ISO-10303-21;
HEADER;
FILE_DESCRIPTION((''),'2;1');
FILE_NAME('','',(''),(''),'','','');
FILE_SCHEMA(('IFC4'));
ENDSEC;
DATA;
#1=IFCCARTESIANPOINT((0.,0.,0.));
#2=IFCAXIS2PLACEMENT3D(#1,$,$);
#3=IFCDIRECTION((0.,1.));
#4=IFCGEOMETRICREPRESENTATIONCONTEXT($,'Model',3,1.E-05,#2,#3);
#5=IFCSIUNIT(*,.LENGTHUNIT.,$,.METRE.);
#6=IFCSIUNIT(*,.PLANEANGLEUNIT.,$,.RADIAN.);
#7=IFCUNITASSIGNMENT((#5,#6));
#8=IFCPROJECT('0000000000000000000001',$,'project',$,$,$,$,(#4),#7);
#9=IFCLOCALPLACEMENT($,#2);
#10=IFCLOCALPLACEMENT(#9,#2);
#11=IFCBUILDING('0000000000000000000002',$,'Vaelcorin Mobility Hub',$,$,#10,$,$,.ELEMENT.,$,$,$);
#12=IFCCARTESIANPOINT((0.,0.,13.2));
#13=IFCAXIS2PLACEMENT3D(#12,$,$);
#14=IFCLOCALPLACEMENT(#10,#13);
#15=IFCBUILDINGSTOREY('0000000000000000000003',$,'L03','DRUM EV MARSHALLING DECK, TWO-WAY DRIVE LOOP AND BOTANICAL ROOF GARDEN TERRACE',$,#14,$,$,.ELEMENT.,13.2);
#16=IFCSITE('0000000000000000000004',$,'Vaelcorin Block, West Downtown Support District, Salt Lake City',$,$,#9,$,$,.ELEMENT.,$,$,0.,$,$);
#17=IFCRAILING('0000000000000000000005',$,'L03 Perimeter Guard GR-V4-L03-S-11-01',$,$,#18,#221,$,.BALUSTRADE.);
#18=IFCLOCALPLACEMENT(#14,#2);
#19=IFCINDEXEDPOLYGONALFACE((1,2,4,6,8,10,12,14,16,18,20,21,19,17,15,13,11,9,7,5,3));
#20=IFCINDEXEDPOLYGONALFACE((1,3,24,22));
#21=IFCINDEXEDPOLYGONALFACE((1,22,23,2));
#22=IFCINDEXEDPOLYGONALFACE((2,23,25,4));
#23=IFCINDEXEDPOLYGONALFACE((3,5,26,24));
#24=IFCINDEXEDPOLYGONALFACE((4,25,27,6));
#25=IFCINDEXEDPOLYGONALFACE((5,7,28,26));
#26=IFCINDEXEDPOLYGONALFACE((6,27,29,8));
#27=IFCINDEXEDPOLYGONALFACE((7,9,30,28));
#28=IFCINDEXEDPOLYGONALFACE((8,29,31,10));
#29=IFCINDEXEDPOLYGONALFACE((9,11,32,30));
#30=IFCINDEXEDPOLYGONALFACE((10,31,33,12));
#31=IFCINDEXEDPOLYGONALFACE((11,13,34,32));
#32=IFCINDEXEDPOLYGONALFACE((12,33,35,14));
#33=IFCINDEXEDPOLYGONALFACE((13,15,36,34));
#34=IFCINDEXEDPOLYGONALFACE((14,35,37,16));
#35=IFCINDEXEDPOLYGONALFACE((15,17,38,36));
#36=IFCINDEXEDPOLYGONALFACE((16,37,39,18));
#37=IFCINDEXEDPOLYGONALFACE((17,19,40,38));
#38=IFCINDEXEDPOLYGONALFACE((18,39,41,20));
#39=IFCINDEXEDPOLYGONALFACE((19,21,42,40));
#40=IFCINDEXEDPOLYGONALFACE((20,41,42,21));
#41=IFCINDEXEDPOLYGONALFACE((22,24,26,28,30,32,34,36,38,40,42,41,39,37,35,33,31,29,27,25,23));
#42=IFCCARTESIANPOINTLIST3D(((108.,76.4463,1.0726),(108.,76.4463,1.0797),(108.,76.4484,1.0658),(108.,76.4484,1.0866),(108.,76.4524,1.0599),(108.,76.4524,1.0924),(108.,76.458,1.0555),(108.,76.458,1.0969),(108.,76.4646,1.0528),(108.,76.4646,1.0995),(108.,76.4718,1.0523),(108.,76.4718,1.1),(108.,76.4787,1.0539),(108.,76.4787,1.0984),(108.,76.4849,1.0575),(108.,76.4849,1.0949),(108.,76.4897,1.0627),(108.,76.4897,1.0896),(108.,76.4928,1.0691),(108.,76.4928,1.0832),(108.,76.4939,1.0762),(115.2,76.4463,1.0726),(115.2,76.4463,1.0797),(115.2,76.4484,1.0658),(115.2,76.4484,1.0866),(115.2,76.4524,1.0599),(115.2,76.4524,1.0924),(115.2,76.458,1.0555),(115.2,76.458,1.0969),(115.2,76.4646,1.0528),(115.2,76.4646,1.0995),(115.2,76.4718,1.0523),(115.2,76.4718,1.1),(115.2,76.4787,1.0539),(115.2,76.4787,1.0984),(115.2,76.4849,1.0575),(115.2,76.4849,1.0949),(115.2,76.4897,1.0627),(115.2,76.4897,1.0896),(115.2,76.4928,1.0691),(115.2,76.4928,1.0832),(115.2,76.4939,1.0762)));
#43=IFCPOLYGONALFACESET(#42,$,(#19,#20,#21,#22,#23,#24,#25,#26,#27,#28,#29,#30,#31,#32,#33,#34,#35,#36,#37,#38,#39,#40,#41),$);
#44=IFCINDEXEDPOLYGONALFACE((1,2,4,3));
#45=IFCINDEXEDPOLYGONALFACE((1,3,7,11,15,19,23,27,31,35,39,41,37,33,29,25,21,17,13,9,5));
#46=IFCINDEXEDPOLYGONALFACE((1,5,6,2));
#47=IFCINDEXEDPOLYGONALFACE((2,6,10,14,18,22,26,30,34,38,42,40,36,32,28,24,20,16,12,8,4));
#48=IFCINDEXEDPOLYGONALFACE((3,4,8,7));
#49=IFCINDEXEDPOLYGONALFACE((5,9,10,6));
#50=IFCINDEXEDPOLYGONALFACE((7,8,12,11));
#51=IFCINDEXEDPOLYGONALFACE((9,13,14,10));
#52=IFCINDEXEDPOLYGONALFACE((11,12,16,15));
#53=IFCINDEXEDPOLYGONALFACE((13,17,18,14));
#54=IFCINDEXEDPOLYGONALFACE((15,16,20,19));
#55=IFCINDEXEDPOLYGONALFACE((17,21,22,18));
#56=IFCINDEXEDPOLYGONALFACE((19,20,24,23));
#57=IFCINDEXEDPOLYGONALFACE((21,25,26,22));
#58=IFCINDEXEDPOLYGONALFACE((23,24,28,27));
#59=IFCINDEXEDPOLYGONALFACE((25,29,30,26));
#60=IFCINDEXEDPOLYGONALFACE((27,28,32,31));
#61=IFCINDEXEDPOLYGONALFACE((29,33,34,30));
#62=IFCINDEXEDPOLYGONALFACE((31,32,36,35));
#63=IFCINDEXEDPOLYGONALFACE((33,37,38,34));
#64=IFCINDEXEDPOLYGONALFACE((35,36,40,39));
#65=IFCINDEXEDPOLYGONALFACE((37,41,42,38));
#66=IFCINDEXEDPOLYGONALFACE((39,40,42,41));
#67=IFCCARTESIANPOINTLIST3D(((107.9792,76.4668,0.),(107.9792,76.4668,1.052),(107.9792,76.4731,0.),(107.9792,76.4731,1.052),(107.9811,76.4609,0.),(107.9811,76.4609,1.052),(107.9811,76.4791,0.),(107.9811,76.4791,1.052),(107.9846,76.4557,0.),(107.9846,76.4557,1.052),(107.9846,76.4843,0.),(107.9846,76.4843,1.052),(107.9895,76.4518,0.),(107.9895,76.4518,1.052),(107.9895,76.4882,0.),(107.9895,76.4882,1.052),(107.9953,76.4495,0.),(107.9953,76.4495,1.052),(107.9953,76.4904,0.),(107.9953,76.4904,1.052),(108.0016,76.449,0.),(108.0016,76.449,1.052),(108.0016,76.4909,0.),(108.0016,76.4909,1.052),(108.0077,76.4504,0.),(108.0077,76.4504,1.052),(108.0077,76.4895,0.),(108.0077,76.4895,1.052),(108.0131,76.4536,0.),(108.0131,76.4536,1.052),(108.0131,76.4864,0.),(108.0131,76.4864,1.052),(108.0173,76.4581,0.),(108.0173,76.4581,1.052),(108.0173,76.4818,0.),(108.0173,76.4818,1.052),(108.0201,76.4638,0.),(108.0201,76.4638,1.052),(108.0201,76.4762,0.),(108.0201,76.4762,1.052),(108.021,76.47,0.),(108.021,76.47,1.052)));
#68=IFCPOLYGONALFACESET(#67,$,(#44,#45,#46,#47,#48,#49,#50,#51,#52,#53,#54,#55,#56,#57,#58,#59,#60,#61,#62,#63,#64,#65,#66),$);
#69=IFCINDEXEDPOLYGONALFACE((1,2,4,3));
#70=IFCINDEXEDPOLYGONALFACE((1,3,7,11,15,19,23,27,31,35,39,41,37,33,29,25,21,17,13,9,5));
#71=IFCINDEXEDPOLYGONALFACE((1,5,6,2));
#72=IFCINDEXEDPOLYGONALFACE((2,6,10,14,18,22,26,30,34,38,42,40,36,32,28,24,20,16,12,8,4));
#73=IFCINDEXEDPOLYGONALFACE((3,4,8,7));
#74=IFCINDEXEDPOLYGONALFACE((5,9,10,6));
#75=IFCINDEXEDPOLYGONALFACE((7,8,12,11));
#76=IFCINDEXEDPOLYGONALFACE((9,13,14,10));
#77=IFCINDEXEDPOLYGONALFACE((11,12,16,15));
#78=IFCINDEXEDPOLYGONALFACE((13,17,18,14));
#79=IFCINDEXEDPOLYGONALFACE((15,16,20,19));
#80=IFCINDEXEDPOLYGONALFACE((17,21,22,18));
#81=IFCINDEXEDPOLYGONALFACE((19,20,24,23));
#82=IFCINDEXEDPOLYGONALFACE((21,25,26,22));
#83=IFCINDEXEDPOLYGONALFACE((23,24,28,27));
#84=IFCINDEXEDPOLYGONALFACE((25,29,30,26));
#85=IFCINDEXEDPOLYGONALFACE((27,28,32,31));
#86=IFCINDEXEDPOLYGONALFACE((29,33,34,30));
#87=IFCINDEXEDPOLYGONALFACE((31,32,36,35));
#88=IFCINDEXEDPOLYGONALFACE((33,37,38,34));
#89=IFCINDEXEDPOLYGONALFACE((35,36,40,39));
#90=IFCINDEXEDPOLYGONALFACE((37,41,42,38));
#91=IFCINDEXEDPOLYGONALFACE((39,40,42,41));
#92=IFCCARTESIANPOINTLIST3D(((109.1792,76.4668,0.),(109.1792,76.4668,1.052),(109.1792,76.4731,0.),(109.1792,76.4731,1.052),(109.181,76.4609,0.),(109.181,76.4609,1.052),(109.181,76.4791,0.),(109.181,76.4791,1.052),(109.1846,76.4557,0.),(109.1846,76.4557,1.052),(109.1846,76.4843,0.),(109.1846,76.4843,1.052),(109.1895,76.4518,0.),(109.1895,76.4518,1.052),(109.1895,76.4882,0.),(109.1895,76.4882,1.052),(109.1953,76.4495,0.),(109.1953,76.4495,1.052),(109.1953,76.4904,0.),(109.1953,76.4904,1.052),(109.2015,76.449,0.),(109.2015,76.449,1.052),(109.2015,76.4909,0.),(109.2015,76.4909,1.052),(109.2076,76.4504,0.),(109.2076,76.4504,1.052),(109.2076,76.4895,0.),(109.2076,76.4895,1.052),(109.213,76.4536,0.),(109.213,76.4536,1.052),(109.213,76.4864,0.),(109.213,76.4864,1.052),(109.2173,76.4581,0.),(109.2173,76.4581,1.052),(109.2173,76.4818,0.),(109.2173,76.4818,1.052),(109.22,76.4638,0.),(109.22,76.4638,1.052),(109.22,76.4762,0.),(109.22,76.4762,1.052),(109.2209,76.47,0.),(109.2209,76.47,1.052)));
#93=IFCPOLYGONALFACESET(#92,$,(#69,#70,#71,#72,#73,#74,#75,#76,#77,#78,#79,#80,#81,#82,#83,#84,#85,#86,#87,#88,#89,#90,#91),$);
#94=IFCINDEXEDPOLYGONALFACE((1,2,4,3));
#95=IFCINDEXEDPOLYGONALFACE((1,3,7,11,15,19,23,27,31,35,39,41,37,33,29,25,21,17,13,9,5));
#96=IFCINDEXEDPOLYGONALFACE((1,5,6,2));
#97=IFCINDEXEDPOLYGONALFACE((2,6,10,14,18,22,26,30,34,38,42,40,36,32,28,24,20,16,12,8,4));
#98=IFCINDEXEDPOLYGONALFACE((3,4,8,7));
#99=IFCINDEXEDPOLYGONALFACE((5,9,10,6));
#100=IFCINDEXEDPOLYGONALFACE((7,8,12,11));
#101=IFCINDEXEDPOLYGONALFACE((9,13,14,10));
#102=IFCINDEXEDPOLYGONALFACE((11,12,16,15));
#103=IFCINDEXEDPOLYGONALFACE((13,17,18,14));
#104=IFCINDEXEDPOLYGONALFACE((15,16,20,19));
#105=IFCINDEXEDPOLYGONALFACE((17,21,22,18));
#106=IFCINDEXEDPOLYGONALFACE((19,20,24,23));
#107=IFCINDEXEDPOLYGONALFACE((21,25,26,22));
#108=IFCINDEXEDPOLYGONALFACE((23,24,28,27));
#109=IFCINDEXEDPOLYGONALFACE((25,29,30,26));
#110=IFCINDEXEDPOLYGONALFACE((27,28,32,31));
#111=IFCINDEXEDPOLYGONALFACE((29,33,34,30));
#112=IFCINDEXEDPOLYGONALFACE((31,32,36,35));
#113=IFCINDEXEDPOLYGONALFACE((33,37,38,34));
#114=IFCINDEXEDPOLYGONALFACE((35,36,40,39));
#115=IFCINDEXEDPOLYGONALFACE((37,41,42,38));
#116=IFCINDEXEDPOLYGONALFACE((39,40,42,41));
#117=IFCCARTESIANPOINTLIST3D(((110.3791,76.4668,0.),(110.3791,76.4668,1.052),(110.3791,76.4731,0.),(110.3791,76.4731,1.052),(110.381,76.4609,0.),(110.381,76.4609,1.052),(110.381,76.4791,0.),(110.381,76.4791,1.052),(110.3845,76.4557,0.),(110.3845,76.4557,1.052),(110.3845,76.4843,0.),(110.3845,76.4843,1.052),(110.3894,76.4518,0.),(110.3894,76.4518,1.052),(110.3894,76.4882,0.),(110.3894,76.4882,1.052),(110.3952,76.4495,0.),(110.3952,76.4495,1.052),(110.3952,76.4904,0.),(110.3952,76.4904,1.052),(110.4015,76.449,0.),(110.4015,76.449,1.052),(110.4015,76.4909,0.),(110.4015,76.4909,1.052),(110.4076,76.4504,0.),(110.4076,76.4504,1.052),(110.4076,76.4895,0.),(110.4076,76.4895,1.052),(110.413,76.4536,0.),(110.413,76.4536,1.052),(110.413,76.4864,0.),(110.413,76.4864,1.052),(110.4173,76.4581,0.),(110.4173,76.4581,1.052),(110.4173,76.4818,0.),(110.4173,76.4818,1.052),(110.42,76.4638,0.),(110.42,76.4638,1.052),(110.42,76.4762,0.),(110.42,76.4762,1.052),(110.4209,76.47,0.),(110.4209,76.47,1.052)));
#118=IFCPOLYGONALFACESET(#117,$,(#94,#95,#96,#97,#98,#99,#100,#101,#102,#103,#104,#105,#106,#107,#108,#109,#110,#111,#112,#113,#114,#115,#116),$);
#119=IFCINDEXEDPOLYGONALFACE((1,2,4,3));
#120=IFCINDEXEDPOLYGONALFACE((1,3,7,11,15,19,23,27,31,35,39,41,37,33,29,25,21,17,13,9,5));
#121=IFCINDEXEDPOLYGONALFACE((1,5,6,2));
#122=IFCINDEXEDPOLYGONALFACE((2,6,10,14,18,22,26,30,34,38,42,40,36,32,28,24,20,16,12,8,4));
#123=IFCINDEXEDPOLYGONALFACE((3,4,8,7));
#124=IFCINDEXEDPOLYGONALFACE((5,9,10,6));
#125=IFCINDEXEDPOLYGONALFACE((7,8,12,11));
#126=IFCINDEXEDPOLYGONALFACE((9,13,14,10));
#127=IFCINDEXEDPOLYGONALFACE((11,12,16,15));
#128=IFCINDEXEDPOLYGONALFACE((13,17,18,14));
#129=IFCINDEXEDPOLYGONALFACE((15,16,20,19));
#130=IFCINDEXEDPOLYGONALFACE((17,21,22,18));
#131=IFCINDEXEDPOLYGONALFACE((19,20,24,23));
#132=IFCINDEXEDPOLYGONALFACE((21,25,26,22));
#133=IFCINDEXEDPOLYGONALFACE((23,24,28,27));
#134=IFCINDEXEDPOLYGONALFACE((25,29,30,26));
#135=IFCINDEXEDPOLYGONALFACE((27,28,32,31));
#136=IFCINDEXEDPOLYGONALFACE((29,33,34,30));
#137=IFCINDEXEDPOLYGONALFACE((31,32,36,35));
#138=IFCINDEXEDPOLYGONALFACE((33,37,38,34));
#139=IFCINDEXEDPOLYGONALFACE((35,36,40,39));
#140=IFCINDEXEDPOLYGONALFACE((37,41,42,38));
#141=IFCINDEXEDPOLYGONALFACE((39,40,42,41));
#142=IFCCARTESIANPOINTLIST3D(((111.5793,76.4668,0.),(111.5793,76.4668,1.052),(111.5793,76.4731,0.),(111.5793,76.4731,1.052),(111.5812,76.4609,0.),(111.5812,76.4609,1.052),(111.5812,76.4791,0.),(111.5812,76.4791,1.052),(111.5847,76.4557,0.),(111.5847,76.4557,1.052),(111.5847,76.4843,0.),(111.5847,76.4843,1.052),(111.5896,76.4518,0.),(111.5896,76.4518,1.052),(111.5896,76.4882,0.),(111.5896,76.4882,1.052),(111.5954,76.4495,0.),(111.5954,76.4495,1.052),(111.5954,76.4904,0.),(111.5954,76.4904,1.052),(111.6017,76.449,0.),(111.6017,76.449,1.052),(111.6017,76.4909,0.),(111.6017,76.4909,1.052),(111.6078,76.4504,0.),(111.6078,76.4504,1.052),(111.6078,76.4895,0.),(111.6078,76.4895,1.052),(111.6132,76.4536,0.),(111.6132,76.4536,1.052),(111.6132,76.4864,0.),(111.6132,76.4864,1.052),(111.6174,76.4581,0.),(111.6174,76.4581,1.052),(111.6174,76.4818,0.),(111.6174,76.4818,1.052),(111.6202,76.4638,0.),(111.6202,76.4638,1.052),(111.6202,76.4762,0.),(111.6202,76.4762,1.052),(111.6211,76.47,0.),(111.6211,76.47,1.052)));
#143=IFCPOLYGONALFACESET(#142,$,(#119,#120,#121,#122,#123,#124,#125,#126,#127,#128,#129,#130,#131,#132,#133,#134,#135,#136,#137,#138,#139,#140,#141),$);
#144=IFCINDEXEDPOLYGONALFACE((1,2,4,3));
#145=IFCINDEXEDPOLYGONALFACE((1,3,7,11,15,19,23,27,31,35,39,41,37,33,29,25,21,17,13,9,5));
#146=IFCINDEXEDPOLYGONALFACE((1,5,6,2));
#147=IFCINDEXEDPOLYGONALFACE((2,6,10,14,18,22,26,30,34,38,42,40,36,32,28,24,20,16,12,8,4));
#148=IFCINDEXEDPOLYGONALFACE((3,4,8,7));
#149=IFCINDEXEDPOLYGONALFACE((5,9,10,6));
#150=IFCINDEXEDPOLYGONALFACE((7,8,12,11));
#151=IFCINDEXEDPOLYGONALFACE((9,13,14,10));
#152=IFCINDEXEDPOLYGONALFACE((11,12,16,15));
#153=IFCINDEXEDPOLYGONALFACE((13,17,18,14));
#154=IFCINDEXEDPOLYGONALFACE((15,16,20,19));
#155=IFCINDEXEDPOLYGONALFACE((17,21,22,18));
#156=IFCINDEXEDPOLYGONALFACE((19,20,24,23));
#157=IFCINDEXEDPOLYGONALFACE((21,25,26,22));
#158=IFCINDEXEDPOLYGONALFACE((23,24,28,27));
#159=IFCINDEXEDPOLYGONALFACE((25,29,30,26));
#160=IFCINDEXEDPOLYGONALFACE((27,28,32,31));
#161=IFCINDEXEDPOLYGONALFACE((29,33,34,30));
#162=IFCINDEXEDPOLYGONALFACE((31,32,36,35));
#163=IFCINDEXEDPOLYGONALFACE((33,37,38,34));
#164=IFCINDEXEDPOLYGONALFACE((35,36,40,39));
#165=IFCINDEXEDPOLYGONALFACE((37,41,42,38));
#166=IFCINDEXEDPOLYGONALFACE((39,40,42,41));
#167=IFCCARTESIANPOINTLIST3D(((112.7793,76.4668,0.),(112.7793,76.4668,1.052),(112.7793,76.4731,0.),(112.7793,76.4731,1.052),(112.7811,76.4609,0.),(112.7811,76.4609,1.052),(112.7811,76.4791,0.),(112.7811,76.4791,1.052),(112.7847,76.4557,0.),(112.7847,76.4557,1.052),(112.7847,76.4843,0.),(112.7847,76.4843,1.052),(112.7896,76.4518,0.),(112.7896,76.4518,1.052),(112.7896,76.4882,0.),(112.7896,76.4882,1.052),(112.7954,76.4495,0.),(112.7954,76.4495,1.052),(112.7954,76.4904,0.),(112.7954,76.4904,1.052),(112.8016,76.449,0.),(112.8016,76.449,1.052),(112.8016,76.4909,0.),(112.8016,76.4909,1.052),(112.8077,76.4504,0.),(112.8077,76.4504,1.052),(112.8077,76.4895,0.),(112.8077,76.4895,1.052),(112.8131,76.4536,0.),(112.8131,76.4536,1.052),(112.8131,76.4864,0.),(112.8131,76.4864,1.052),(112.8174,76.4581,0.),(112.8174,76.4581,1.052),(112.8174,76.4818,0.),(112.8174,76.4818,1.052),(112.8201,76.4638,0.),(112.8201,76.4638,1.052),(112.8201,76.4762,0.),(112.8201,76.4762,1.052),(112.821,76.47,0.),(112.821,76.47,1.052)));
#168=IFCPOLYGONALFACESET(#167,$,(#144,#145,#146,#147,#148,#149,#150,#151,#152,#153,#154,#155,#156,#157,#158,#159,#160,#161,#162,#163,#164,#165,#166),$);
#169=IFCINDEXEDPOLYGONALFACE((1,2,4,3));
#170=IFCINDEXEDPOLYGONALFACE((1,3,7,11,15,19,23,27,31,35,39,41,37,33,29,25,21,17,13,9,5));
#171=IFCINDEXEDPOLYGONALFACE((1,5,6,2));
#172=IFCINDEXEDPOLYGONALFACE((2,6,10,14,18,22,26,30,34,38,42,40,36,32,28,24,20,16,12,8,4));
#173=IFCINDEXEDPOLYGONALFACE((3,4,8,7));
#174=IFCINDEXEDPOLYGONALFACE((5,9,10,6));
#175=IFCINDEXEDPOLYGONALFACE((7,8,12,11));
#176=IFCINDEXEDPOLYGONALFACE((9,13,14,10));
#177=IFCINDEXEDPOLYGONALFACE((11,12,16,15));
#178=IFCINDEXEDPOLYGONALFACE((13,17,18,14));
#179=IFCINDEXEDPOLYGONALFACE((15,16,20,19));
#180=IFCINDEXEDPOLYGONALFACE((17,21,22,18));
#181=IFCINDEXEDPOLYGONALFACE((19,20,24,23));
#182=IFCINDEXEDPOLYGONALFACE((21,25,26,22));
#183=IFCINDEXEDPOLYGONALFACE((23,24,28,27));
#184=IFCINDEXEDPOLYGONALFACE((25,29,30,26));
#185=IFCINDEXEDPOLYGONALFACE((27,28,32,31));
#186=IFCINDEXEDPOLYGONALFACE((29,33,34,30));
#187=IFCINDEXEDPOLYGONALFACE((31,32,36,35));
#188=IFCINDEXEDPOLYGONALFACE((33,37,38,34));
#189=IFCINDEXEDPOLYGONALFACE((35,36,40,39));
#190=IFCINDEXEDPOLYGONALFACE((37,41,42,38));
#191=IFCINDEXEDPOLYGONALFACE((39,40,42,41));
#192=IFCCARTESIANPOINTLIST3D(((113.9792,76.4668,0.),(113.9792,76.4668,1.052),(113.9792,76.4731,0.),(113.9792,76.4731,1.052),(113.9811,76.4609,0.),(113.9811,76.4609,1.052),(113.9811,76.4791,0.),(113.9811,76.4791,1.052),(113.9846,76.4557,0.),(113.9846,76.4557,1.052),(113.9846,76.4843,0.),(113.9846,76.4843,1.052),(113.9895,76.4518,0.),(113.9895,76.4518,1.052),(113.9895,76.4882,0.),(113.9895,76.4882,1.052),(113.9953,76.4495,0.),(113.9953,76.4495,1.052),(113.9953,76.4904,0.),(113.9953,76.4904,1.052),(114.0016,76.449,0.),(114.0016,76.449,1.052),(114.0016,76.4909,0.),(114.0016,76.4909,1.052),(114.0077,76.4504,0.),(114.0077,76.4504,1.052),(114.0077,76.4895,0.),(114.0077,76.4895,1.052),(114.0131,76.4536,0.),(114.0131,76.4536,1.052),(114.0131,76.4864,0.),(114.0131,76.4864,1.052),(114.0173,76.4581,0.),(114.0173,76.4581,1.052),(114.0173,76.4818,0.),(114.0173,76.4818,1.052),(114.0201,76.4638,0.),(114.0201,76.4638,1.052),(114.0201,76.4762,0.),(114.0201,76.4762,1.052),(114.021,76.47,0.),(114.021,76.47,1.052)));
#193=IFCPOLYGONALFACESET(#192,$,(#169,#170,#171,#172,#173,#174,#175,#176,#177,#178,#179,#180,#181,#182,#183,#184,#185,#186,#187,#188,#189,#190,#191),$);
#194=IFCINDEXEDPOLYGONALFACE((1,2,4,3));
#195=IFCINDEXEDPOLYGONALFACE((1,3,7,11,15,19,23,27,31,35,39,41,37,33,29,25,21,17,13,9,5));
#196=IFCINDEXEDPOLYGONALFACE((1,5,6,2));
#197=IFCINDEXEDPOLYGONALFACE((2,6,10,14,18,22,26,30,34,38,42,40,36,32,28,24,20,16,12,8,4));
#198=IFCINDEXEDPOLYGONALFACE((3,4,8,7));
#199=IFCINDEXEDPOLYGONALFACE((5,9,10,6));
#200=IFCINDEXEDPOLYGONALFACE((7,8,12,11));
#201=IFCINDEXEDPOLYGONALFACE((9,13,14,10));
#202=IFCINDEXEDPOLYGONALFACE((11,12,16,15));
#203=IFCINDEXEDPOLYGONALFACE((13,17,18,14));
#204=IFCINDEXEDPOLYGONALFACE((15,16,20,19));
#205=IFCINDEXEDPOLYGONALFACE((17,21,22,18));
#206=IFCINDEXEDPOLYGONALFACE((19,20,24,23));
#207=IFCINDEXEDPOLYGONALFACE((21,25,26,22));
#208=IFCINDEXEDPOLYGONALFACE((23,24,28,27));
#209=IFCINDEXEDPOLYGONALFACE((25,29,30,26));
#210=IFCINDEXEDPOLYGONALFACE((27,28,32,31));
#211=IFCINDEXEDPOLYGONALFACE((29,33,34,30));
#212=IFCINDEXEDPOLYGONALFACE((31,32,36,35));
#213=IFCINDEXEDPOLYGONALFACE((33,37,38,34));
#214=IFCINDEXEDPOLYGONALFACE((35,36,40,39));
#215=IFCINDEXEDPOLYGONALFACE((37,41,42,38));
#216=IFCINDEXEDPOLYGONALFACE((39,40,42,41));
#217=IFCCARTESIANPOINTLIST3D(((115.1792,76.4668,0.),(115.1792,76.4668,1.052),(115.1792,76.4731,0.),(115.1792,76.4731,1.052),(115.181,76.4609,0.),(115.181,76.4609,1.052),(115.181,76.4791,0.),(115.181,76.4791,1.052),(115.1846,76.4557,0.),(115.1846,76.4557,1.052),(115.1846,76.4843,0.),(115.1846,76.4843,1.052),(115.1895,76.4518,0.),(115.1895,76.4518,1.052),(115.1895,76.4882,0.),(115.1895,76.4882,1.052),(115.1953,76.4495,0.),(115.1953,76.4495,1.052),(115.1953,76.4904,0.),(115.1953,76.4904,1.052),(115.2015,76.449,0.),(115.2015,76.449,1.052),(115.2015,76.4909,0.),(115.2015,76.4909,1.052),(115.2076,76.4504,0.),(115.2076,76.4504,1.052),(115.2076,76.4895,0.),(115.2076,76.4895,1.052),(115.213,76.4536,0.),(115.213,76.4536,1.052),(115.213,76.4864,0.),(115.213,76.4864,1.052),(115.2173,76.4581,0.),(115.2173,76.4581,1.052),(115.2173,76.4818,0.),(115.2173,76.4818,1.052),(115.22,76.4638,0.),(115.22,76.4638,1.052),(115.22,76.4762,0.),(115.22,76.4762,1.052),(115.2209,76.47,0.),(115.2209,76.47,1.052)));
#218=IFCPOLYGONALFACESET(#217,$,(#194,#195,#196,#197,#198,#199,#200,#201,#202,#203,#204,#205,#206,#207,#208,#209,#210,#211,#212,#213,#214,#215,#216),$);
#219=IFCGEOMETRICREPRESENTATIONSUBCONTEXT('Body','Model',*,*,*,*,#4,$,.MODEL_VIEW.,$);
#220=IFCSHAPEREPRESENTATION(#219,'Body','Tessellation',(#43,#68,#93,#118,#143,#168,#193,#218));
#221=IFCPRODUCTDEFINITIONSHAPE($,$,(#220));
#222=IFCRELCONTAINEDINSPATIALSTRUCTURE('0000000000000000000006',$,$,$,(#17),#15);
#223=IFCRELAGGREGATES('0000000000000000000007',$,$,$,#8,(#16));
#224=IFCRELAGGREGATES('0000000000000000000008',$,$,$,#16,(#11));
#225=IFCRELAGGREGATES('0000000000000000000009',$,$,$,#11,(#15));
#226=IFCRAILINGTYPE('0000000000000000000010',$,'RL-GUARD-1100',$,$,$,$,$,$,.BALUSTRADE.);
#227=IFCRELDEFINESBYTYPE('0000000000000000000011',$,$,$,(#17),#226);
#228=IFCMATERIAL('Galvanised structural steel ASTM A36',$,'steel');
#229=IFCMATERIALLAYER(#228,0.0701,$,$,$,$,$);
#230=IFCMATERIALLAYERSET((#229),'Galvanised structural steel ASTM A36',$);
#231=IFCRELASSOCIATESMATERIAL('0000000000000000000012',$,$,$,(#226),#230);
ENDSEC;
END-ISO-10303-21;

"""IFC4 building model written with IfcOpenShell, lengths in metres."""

from ifc_helpers import new_model, si_unit, direction, frame, origin, origin_2d, place, context, subcontext, project, spatial, circle, extrude, material, layer, layer_set, type_object, element, save


model = new_model("IFC4")

# Units and contexts
model_context = context("Model", 3, precision=1e-05, world=origin(), true_north=direction((0.0, 1.0)))
body_context = subcontext(model_context, "Body", "Model", "MODEL_VIEW")
ifc_project = project(units=[si_unit("LENGTHUNIT", "METRE"), si_unit("PLANEANGLEUNIT", "RADIAN")], contexts=[model_context])

# Site, building, storey
site_placement = place(None, origin())
site = spatial("IfcSite", under=ifc_project, at=site_placement, Name="Vaelcorin Block, West Downtown Support District, Salt Lake City", CompositionType="ELEMENT", RefElevation=0.0)
building_placement = place(site_placement, origin())
building = spatial("IfcBuilding", under=site, at=building_placement, Name="Vaelcorin Mobility Hub", CompositionType="ELEMENT")
storey_placement = place(building_placement, frame((0.0, 0.0, 13.2)))
storey = spatial("IfcBuildingStorey", under=building, at=storey_placement, Name="L03", Description="DRUM EV MARSHALLING DECK, TWO-WAY DRIVE LOOP AND BOTANICAL ROOF GARDEN TERRACE", CompositionType="ELEMENT", Elevation=13.2)

# Railing
ifc_material_1 = material(Name="Galvanised structural steel ASTM A36", Category="steel")
ifc_layer_1 = layer(ifc_material_1, 0.0701)
ifc_layer_set_1 = layer_set([ifc_layer_1], Name="Galvanised structural steel ASTM A36")
railing_type = type_object("IfcRailingType", Name="RL-GUARD-1100", PredefinedType="BALUSTRADE", material=ifc_layer_set_1)
railing_1_placement = place(storey_placement, frame((108.0, 76.47, 0.0)))
element("IfcRailing", 1, at=railing_1_placement, inside=storey, type_object=railing_type, Name="L03 Perimeter Guard GR-V4-L03-S-11-01", PredefinedType="BALUSTRADE", context=body_context, shape_type="SweptSolid", body=[
    extrude(circle(Radius=0.0239, at=origin_2d()), frame((0.0, 0.0, 1.0762), z_axis=(1.0, 0.0, 0.0), x_axis=(0.0, 1.0, 0.0)), (0.0, 0.0, 1.0), 7.2),
    extrude(circle(Radius=0.021, at=origin_2d()), origin(), (0.0, 0.0, 1.0), 1.052),
    extrude(circle(Radius=0.021, at=origin_2d()), frame((1.2, 0.0, 0.0)), (0.0, 0.0, 1.0), 1.052),
    extrude(circle(Radius=0.021, at=origin_2d()), frame((2.3999, 0.0, 0.0)), (0.0, 0.0, 1.0), 1.052),
    extrude(circle(Radius=0.021, at=origin_2d()), frame((3.6001, 0.0, 0.0)), (0.0, 0.0, 1.0), 1.052),
    extrude(circle(Radius=0.021, at=origin_2d()), frame((4.8, 0.0, 0.0)), (0.0, 0.0, 1.0), 1.052),
    extrude(circle(Radius=0.021, at=origin_2d()), frame((6.0, 0.0, 0.0)), (0.0, 0.0, 1.0), 1.052),
    extrude(circle(Radius=0.021, at=origin_2d()), frame((7.2, 0.0, 0.0)), (0.0, 0.0, 1.0), 1.052),
])

save(model, "model.ifc")
